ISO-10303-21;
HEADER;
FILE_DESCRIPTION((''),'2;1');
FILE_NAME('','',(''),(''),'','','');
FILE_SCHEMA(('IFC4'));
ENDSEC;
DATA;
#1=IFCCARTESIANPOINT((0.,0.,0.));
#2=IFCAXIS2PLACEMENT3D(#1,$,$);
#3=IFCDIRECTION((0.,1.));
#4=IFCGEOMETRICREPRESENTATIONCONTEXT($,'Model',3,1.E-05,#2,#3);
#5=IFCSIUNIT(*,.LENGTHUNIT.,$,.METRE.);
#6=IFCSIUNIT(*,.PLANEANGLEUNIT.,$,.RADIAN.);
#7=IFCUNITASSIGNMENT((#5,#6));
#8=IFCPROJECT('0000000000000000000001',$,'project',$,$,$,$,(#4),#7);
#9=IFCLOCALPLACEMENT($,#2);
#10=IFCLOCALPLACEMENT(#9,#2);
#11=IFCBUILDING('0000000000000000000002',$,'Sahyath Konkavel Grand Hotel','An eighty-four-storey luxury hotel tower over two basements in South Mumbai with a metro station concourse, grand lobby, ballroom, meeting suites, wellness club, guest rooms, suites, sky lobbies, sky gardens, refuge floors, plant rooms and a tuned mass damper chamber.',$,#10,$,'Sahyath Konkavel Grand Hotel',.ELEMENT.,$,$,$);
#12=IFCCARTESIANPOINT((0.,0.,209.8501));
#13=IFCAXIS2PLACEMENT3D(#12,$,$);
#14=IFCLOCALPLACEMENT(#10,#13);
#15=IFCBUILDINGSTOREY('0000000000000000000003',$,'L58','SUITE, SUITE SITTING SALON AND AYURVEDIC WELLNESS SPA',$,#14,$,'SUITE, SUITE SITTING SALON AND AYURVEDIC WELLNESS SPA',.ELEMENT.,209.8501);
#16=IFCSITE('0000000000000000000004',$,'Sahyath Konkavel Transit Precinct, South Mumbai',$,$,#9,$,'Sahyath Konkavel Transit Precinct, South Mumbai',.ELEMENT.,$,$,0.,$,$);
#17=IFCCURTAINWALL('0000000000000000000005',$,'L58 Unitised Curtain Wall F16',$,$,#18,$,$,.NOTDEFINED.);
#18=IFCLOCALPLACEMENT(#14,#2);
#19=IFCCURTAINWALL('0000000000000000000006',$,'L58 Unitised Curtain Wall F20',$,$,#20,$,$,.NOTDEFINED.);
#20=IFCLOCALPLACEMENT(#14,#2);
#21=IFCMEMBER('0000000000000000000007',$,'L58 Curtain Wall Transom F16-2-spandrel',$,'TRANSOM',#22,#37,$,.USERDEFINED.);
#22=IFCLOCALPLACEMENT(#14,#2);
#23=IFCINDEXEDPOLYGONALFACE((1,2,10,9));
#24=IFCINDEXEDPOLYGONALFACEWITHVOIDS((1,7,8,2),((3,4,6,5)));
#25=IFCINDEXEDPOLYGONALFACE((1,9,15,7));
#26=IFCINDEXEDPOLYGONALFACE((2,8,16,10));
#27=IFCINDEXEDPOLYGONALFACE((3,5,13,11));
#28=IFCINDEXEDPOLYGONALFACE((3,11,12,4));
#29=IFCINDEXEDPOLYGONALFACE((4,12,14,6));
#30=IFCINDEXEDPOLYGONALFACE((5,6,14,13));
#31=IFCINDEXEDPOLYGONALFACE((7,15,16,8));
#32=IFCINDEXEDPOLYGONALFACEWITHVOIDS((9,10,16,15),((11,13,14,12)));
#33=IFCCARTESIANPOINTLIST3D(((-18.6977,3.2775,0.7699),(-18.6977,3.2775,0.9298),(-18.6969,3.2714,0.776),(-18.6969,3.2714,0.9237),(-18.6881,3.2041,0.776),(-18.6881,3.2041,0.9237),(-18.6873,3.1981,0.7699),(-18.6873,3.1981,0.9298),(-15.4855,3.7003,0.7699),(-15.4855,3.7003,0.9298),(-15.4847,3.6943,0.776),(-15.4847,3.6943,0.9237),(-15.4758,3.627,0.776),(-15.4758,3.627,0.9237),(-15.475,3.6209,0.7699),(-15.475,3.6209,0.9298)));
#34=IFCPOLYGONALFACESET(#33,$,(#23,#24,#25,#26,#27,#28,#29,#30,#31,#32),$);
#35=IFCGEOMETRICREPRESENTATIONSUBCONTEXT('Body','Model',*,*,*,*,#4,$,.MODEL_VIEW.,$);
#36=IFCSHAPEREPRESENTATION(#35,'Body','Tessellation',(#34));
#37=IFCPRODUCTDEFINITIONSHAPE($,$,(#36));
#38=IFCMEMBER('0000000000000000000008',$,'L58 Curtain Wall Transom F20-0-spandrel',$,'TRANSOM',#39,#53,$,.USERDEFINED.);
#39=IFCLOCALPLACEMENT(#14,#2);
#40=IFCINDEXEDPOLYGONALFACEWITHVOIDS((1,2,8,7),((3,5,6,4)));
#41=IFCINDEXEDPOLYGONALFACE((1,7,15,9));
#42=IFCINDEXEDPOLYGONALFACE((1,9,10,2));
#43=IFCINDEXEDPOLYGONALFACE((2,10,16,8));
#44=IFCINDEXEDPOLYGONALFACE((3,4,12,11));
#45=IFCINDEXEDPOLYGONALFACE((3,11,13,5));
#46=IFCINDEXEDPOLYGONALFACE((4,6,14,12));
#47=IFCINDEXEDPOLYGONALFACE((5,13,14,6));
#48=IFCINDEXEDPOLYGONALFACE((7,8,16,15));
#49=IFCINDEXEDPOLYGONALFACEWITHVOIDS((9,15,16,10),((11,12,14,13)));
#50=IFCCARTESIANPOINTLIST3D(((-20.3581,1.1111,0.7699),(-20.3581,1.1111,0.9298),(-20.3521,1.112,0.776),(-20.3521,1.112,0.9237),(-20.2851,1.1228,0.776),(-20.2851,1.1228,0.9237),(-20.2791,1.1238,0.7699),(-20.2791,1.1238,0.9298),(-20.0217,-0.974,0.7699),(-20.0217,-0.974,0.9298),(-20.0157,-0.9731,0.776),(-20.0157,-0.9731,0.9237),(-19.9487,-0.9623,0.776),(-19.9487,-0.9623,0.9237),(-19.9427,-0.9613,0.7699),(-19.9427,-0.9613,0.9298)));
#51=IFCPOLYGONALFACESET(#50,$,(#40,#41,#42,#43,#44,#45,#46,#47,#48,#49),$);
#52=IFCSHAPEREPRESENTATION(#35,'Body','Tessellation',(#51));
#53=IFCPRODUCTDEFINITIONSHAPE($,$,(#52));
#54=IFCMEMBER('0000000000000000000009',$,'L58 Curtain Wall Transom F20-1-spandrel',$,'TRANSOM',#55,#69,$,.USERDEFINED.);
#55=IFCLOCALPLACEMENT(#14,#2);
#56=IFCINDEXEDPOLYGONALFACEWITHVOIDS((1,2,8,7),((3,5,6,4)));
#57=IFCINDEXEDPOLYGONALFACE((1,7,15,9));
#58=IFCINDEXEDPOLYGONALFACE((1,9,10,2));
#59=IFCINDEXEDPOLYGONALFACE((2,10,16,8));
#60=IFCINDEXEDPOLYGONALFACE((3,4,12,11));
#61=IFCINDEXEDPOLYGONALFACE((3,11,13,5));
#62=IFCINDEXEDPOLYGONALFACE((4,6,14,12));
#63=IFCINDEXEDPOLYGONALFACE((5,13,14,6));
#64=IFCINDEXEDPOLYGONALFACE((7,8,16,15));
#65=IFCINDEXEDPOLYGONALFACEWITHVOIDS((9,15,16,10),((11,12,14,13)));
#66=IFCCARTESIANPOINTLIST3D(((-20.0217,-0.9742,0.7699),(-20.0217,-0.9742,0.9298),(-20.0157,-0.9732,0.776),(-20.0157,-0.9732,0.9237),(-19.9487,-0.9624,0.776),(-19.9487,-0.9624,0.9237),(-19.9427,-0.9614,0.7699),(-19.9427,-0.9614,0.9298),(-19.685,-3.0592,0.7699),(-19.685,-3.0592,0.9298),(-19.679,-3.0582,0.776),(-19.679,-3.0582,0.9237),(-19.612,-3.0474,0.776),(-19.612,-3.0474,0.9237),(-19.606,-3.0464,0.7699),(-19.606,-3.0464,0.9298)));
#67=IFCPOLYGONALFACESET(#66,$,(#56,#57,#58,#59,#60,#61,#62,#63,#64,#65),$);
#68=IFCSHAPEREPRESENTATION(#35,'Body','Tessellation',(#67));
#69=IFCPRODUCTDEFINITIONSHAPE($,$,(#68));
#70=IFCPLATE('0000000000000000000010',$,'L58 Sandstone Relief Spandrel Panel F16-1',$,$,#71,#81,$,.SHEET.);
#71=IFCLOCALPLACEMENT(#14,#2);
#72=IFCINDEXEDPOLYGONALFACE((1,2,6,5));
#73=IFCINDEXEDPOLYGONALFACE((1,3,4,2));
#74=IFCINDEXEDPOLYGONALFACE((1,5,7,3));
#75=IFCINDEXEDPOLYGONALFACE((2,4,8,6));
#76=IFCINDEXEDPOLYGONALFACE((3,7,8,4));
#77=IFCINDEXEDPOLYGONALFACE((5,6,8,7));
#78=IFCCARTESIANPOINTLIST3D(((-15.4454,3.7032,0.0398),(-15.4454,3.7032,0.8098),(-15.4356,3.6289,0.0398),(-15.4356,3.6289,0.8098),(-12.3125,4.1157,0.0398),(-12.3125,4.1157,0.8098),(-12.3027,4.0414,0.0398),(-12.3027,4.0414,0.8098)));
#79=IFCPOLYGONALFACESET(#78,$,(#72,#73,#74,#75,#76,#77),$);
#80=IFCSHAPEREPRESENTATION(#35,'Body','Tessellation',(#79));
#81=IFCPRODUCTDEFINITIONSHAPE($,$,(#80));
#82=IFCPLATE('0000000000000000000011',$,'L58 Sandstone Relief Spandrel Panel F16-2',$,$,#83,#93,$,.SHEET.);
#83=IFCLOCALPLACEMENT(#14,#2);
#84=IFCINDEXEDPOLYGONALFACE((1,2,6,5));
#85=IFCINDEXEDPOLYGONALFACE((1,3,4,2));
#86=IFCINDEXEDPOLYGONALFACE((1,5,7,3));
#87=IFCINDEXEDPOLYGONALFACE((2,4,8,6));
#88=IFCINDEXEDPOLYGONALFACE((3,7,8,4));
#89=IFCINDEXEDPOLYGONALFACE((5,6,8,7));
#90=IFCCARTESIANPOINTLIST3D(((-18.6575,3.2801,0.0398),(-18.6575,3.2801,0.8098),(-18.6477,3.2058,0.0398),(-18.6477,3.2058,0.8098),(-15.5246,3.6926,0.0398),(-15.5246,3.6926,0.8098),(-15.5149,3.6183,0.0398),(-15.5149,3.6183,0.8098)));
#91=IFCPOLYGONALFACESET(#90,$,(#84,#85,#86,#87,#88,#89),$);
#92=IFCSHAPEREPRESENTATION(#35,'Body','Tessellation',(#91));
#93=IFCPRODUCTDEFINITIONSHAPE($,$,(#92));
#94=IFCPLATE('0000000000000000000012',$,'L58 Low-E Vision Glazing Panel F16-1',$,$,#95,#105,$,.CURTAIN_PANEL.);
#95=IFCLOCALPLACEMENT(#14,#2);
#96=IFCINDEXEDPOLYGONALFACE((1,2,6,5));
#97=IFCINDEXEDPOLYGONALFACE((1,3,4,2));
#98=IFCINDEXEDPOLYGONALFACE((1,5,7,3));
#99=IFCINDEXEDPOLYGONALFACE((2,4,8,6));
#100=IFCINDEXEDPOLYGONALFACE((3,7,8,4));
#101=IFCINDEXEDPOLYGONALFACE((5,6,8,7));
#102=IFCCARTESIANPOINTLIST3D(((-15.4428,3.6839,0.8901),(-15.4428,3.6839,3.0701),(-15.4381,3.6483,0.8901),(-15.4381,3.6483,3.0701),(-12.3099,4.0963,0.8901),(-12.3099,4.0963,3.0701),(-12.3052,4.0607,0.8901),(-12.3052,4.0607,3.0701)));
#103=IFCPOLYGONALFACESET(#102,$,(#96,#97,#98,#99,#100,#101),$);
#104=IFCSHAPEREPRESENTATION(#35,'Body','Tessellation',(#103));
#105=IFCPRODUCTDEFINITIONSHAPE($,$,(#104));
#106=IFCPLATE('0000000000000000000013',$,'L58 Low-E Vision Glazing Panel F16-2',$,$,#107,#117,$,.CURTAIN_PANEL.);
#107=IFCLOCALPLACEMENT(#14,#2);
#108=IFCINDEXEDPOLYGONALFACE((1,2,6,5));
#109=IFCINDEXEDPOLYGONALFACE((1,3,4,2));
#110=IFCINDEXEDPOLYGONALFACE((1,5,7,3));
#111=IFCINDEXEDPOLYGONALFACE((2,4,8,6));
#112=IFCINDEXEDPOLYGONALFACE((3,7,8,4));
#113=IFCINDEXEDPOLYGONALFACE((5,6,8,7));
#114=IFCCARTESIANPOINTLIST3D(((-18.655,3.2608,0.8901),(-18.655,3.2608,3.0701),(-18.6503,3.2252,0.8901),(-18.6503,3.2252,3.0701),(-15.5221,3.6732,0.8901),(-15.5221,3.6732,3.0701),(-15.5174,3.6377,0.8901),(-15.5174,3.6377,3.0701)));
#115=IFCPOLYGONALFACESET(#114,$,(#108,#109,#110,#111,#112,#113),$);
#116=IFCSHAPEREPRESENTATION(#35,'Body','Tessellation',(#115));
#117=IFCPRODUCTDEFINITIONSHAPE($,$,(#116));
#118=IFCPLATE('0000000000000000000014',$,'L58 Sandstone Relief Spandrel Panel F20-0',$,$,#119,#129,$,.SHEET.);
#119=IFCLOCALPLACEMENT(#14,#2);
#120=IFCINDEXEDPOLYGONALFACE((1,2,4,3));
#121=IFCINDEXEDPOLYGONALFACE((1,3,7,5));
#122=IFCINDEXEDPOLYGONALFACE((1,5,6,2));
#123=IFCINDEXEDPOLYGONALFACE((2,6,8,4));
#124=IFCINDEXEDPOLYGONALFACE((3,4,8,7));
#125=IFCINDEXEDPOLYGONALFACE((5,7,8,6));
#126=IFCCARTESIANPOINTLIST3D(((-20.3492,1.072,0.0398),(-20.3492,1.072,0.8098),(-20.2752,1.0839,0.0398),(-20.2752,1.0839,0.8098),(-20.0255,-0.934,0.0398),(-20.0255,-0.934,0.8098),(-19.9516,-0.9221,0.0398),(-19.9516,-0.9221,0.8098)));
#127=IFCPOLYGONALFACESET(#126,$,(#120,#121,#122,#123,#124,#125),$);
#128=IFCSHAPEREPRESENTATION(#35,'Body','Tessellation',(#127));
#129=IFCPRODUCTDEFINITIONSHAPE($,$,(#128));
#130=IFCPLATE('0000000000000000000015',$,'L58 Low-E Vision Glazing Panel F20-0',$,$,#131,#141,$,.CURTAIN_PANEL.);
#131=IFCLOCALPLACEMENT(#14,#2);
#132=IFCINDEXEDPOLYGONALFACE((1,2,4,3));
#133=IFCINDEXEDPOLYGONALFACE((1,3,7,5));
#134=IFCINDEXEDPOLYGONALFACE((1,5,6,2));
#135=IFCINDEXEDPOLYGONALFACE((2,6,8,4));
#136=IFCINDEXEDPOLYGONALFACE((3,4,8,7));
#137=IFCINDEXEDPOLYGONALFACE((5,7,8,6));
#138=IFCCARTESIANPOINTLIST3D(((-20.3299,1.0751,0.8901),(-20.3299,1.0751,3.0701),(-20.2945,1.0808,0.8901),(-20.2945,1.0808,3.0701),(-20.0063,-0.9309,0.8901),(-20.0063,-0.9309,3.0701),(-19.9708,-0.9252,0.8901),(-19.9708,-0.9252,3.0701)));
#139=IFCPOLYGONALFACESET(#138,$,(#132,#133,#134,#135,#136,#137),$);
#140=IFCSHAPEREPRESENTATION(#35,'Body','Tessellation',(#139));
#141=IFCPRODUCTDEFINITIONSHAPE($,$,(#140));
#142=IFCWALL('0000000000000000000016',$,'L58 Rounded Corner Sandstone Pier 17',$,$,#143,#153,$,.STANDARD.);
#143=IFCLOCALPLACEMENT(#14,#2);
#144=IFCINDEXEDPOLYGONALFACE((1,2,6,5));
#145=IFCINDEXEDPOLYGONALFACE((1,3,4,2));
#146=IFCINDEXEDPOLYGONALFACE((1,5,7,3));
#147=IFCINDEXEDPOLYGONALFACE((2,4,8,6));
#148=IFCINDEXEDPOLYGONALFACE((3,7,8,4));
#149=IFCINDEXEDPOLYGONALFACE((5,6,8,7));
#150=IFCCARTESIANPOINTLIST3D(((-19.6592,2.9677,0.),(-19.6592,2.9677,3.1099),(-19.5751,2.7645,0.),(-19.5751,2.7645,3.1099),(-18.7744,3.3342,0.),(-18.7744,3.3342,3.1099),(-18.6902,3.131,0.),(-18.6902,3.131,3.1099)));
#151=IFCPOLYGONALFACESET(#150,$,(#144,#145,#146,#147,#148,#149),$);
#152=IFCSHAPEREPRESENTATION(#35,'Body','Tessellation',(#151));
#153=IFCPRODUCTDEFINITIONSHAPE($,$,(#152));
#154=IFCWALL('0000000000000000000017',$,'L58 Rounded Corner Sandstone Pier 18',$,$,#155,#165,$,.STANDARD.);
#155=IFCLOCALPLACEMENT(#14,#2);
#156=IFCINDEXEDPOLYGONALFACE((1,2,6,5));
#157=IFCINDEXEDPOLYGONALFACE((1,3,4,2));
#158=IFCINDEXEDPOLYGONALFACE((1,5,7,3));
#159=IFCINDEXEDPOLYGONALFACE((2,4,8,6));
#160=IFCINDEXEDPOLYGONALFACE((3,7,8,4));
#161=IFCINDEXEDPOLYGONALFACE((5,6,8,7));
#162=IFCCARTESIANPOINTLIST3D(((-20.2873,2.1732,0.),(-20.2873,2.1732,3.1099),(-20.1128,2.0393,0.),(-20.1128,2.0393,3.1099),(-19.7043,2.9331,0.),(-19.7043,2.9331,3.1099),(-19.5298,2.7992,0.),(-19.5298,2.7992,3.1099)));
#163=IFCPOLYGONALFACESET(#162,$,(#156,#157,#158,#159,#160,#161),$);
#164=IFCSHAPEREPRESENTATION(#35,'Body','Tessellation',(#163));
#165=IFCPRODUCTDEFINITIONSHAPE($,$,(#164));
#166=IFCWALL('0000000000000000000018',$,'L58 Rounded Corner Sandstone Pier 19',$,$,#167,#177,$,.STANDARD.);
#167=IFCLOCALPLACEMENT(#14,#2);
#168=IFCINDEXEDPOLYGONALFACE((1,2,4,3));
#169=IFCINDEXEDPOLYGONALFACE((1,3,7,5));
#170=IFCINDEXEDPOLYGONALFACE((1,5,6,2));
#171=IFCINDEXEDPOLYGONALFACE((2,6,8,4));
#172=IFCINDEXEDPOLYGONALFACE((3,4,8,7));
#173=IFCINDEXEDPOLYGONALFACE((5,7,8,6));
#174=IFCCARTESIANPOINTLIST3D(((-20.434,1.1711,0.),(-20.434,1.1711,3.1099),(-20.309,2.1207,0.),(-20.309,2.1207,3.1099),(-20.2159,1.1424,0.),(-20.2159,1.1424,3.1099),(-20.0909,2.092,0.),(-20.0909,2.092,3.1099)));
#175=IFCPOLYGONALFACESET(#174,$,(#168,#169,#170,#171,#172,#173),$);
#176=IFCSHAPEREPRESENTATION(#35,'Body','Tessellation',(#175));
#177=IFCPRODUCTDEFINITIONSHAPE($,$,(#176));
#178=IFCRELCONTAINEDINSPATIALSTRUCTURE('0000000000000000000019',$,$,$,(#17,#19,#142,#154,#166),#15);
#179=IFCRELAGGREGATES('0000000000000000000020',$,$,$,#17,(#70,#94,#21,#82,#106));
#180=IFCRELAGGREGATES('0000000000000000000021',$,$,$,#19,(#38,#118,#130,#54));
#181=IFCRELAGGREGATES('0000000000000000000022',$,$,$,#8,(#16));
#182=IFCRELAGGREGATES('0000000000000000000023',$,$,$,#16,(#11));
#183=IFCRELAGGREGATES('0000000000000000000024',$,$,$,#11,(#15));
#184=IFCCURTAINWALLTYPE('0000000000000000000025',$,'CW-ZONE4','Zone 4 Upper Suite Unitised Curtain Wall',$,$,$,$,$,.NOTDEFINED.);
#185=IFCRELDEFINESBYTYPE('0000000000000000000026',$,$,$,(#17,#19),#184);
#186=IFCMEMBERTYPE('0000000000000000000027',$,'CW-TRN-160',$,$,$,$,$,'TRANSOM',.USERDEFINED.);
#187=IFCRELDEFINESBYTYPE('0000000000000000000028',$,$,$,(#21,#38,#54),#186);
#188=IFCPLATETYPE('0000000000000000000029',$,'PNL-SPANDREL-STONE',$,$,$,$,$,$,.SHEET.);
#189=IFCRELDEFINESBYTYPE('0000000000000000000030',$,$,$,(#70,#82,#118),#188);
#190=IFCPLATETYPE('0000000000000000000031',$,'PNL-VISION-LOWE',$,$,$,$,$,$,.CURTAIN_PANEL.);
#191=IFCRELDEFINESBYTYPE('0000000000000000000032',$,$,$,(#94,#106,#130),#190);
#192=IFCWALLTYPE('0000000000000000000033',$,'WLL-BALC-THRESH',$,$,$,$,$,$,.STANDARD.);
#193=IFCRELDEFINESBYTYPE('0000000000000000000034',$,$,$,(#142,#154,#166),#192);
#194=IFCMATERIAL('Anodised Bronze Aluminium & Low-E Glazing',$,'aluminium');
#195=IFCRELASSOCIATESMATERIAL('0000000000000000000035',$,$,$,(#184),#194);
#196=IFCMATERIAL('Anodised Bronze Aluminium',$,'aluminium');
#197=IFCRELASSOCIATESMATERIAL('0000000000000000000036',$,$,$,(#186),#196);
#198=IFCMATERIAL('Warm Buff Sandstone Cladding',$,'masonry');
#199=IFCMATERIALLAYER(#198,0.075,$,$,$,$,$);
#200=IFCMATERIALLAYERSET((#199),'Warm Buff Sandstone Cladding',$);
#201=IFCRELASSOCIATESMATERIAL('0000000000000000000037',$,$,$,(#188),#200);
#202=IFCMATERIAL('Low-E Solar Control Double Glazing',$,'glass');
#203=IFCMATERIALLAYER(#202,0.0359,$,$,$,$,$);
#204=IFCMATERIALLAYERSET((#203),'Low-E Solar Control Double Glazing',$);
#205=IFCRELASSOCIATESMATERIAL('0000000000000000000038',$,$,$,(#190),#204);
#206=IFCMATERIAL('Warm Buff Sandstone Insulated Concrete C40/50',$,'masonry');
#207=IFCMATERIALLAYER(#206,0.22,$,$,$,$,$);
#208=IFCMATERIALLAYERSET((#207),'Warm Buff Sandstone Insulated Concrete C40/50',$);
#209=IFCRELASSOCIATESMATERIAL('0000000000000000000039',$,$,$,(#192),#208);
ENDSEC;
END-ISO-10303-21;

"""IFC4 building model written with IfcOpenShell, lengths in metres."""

from ifc_helpers import new_model, si_unit, direction, frame, frame_2d, origin, origin_2d, place, context, subcontext, project, spatial, rectangle, hollow_rectangle, extrude, source, transform, mapped, material, layer, layer_set, material_profile, profile_set, type_object, element, aggregate, save


model = new_model("IFC4")

# Units and contexts
model_context = context("Model", 3, precision=1e-05, world=origin(), true_north=direction((0.0, 1.0)))
body_context = subcontext(model_context, "Body", "Model", "MODEL_VIEW")
ifc_project = project(units=[si_unit("LENGTHUNIT", "METRE"), si_unit("PLANEANGLEUNIT", "RADIAN")], contexts=[model_context])

# Site, building, storey
site_placement = place(None, origin())
site = spatial("IfcSite", under=ifc_project, at=site_placement, Name="Sahyath Konkavel Transit Precinct, South Mumbai", LongName="Sahyath Konkavel Transit Precinct, South Mumbai", CompositionType="ELEMENT", RefElevation=0.0)
building_placement = place(site_placement, origin())
building = spatial("IfcBuilding", under=site, at=building_placement, Name="Sahyath Konkavel Grand Hotel", Description="An eighty-four-storey luxury hotel tower over two basements in South Mumbai with a metro station concourse, grand lobby, ballroom, meeting suites, wellness club, guest rooms, suites, sky lobbies, sky gardens, refuge floors, plant rooms and a tuned mass damper chamber.", LongName="Sahyath Konkavel Grand Hotel", CompositionType="ELEMENT")
storey_placement = place(building_placement, frame((0.0, 0.0, 209.8501)))
storey = spatial("IfcBuildingStorey", under=building, at=storey_placement, Name="L58", Description="SUITE, SUITE SITTING SALON AND AYURVEDIC WELLNESS SPA", LongName="SUITE, SUITE SITTING SALON AND AYURVEDIC WELLNESS SPA", CompositionType="ELEMENT", Elevation=209.8501)

# Curtain walls
ifc_material_1 = material(Name="Anodised Bronze Aluminium & Low-E Glazing", Category="aluminium")
curtain_wall_type = type_object("IfcCurtainWallType", Name="CW-ZONE4", Description="Zone 4 Upper Suite Unitised Curtain Wall", PredefinedType="NOTDEFINED", material=ifc_material_1)
curtain_wall_1_placement = place(storey_placement, origin())
curtain_wall_1 = element("IfcCurtainWall", 1, at=curtain_wall_1_placement, inside=storey, type_object=curtain_wall_type, Name="L58 Unitised Curtain Wall F16", PredefinedType="NOTDEFINED")
ifc_material_2 = material(Name="Anodised Bronze Aluminium", Category="aluminium")
curtain_wall_2_placement = place(storey_placement, origin())
curtain_wall_2 = element("IfcCurtainWall", 2, at=curtain_wall_2_placement, inside=storey, type_object=curtain_wall_type, Name="L58 Unitised Curtain Wall F20", PredefinedType="NOTDEFINED")

# Members
ifc_material_profile_1 = material_profile(ifc_material_2, hollow_rectangle(XDim=0.0801, YDim=0.1599, WallThickness=0.0061, at=origin_2d()), Name="RHS 160x80x6")
ifc_profile_set_1 = profile_set([ifc_material_profile_1], Name="Anodised Bronze Aluminium")
member_type_1 = type_object("IfcMemberType", Name="CW-TRN-160", ElementType="TRANSOM", PredefinedType="USERDEFINED", material=ifc_profile_set_1)
shared_shape_1 = source(origin(), body_context, "Body", "SweptSolid", [
    extrude(hollow_rectangle(XDim=0.0801, YDim=0.1599, WallThickness=0.0061, at=origin_2d()), origin(), (0.0, 0.0, 1.0), 3.24),
])
member_1_placement = place(storey_placement, frame((-15.4802, 3.6606, 0.8499), z_axis=(-0.991446, -0.130515, 0.0), x_axis=(0.130515, -0.991446, 0.0)))
member_1 = element("IfcMember", 3, at=member_1_placement, type_object=member_type_1, Name="L58 Curtain Wall Transom F16-2-spandrel", ObjectType="TRANSOM", PredefinedType="USERDEFINED", context=body_context, shape_type="MappedRepresentation", body=[
    mapped(shared_shape_1, transform((0.0, 0.0, 0.0), scale=1.0)),
])
shared_shape_2 = source(origin(), body_context, "Body", "SweptSolid", [
    extrude(hollow_rectangle(XDim=0.0801, YDim=0.1599, WallThickness=0.0061, at=origin_2d()), origin(), (0.0, 0.0, 1.0), 2.1121),
])
member_2_placement = place(storey_placement, frame((-20.3186, 1.1174, 0.8499), z_axis=(0.15928, -0.987233, 0.0), x_axis=(0.987233, 0.15928, 0.0)))
member_2 = element("IfcMember", 4, at=member_2_placement, type_object=member_type_1, Name="L58 Curtain Wall Transom F20-0-spandrel", ObjectType="TRANSOM", PredefinedType="USERDEFINED", context=body_context, shape_type="MappedRepresentation", body=[
    mapped(shared_shape_2, transform((0.0, 0.0, 0.0), scale=1.0)),
])
member_3_placement = place(storey_placement, frame((-19.9822, -0.9678, 0.8499), z_axis=(0.159411, -0.987212, 0.0), x_axis=(0.987212, 0.159411, 0.0)))
member_3 = element("IfcMember", 5, at=member_3_placement, type_object=member_type_1, Name="L58 Curtain Wall Transom F20-1-spandrel", ObjectType="TRANSOM", PredefinedType="USERDEFINED", context=body_context, shape_type="MappedRepresentation", body=[
    mapped(shared_shape_2, transform((0.0, 0.0, 0.0), scale=1.0)),
])

# Plates
ifc_material_3 = material(Name="Warm Buff Sandstone Cladding", Category="masonry")
ifc_layer_1 = layer(ifc_material_3, 0.075)
ifc_layer_set_1 = layer_set([ifc_layer_1], Name="Warm Buff Sandstone Cladding")
plate_type_1 = type_object("IfcPlateType", Name="PNL-SPANDREL-STONE", PredefinedType="SHEET", material=ifc_layer_set_1)
shared_shape_3 = source(origin(), body_context, "Body", "SweptSolid", [
    extrude(rectangle(XDim=3.1599, YDim=0.075, at=origin_2d()), origin(), (0.0, 0.0, 1.0), 0.77),
])
plate_1_placement = place(storey_placement, frame((-13.874, 3.8723, 0.0398), z_axis=(0.0, 0.0, 1.0), x_axis=(-0.991445, -0.130526, 0.0)))
plate_1 = element("IfcPlate", 6, at=plate_1_placement, type_object=plate_type_1, Name="L58 Sandstone Relief Spandrel Panel F16-1", PredefinedType="SHEET", context=body_context, shape_type="MappedRepresentation", body=[
    mapped(shared_shape_3, transform((0.0, 0.0, 0.0), scale=1.0)),
])
plate_2_placement = place(storey_placement, frame((-17.0862, 3.4492, 0.0398), z_axis=(0.0, 0.0, 1.0), x_axis=(-0.991445, -0.130526, 0.0)))
plate_2 = element("IfcPlate", 7, at=plate_2_placement, type_object=plate_type_1, Name="L58 Sandstone Relief Spandrel Panel F16-2", PredefinedType="SHEET", context=body_context, shape_type="MappedRepresentation", body=[
    mapped(shared_shape_3, transform((0.0, 0.0, 0.0), scale=1.0)),
])
ifc_material_4 = material(Name="Low-E Solar Control Double Glazing", Category="glass")
ifc_layer_2 = layer(ifc_material_4, 0.0359)
ifc_layer_set_2 = layer_set([ifc_layer_2], Name="Low-E Solar Control Double Glazing")
plate_type_2 = type_object("IfcPlateType", Name="PNL-VISION-LOWE", PredefinedType="CURTAIN_PANEL", material=ifc_layer_set_2)
shared_shape_4 = source(origin(), body_context, "Body", "SweptSolid", [
    extrude(rectangle(XDim=3.1599, YDim=0.0359, at=origin_2d()), origin(), (0.0, 0.0, 1.0), 2.1799),
])
plate_3_placement = place(storey_placement, frame((-13.874, 3.8723, 0.8901), z_axis=(0.0, 0.0, 1.0), x_axis=(-0.991445, -0.130526, 0.0)))
plate_3 = element("IfcPlate", 8, at=plate_3_placement, type_object=plate_type_2, Name="L58 Low-E Vision Glazing Panel F16-1", PredefinedType="CURTAIN_PANEL", context=body_context, shape_type="MappedRepresentation", body=[
    mapped(shared_shape_4, transform((0.0, 0.0, 0.0), scale=1.0)),
])
plate_4_placement = place(storey_placement, frame((-17.0862, 3.4492, 0.8901), z_axis=(0.0, 0.0, 1.0), x_axis=(-0.991445, -0.130526, 0.0)))
plate_4 = element("IfcPlate", 9, at=plate_4_placement, type_object=plate_type_2, Name="L58 Low-E Vision Glazing Panel F16-2", PredefinedType="CURTAIN_PANEL", context=body_context, shape_type="MappedRepresentation", body=[
    mapped(shared_shape_4, transform((0.0, 0.0, 0.0), scale=1.0)),
])
aggregate(curtain_wall_1, [plate_1, plate_3, member_1, plate_2, plate_4])
shared_shape_5 = source(origin(), body_context, "Body", "SweptSolid", [
    extrude(rectangle(XDim=2.032, YDim=0.075, at=origin_2d()), origin(), (0.0, 0.0, 1.0), 0.77),
])
plate_5_placement = place(storey_placement, frame((-20.1504, 0.075, 0.0398), z_axis=(0.0, 0.0, 1.0), x_axis=(0.159295, -0.987231, 0.0)))
plate_5 = element("IfcPlate", 10, at=plate_5_placement, type_object=plate_type_1, Name="L58 Sandstone Relief Spandrel Panel F20-0", PredefinedType="SHEET", context=body_context, shape_type="MappedRepresentation", body=[
    mapped(shared_shape_5, transform((0.0, 0.0, 0.0), scale=1.0)),
])
shared_shape_6 = source(origin(), body_context, "Body", "SweptSolid", [
    extrude(rectangle(XDim=2.032, YDim=0.0359, at=origin_2d()), origin(), (0.0, 0.0, 1.0), 2.1799),
])
plate_6_placement = place(storey_placement, frame((-20.1504, 0.075, 0.8901), z_axis=(0.0, 0.0, 1.0), x_axis=(0.159295, -0.987231, 0.0)))
plate_6 = element("IfcPlate", 11, at=plate_6_placement, type_object=plate_type_2, Name="L58 Low-E Vision Glazing Panel F20-0", PredefinedType="CURTAIN_PANEL", context=body_context, shape_type="MappedRepresentation", body=[
    mapped(shared_shape_6, transform((0.0, 0.0, 0.0), scale=1.0)),
])
aggregate(curtain_wall_2, [member_2, plate_5, plate_6, member_3])

# Walls
ifc_material_5 = material(Name="Warm Buff Sandstone Insulated Concrete C40/50", Category="masonry")
ifc_layer_3 = layer(ifc_material_5, 0.22)
ifc_layer_set_3 = layer_set([ifc_layer_3], Name="Warm Buff Sandstone Insulated Concrete C40/50")
wall_type_1 = type_object("IfcWallType", Name="WLL-BALC-THRESH", PredefinedType="STANDARD", material=ifc_layer_set_3)
for number, where, z_axis, x_axis, name in (
    (12, (-18.7322, 3.2327, 0.0), (0.0, 0.0, 1.0), (-0.923889, -0.38266, 0.0), "L58 Rounded Corner Sandstone Pier 17"),
    (13, (-19.6169, 2.8662, 0.0), (0.0, 0.0, 1.0), (-0.608774, -0.793344, 0.0), "L58 Rounded Corner Sandstone Pier 18"),
    (14, (-20.2, 2.1064, 0.0), (0.0, 0.0, 1.0), (-0.130527, -0.991445, 0.0), "L58 Rounded Corner Sandstone Pier 19"),
):
    element("IfcWall", number, at=place(storey_placement, frame(where, z_axis=z_axis, x_axis=x_axis)), inside=storey, type_object=wall_type_1, Name=name, PredefinedType="STANDARD", context=body_context, shape_type="SweptSolid", body=[
        extrude(rectangle(XDim=0.9578, YDim=0.22, at=frame_2d((0.479, 0.0))), origin(), (0.0, 0.0, 1.0), 3.1099),
    ])

save(model, "model.ifc")
